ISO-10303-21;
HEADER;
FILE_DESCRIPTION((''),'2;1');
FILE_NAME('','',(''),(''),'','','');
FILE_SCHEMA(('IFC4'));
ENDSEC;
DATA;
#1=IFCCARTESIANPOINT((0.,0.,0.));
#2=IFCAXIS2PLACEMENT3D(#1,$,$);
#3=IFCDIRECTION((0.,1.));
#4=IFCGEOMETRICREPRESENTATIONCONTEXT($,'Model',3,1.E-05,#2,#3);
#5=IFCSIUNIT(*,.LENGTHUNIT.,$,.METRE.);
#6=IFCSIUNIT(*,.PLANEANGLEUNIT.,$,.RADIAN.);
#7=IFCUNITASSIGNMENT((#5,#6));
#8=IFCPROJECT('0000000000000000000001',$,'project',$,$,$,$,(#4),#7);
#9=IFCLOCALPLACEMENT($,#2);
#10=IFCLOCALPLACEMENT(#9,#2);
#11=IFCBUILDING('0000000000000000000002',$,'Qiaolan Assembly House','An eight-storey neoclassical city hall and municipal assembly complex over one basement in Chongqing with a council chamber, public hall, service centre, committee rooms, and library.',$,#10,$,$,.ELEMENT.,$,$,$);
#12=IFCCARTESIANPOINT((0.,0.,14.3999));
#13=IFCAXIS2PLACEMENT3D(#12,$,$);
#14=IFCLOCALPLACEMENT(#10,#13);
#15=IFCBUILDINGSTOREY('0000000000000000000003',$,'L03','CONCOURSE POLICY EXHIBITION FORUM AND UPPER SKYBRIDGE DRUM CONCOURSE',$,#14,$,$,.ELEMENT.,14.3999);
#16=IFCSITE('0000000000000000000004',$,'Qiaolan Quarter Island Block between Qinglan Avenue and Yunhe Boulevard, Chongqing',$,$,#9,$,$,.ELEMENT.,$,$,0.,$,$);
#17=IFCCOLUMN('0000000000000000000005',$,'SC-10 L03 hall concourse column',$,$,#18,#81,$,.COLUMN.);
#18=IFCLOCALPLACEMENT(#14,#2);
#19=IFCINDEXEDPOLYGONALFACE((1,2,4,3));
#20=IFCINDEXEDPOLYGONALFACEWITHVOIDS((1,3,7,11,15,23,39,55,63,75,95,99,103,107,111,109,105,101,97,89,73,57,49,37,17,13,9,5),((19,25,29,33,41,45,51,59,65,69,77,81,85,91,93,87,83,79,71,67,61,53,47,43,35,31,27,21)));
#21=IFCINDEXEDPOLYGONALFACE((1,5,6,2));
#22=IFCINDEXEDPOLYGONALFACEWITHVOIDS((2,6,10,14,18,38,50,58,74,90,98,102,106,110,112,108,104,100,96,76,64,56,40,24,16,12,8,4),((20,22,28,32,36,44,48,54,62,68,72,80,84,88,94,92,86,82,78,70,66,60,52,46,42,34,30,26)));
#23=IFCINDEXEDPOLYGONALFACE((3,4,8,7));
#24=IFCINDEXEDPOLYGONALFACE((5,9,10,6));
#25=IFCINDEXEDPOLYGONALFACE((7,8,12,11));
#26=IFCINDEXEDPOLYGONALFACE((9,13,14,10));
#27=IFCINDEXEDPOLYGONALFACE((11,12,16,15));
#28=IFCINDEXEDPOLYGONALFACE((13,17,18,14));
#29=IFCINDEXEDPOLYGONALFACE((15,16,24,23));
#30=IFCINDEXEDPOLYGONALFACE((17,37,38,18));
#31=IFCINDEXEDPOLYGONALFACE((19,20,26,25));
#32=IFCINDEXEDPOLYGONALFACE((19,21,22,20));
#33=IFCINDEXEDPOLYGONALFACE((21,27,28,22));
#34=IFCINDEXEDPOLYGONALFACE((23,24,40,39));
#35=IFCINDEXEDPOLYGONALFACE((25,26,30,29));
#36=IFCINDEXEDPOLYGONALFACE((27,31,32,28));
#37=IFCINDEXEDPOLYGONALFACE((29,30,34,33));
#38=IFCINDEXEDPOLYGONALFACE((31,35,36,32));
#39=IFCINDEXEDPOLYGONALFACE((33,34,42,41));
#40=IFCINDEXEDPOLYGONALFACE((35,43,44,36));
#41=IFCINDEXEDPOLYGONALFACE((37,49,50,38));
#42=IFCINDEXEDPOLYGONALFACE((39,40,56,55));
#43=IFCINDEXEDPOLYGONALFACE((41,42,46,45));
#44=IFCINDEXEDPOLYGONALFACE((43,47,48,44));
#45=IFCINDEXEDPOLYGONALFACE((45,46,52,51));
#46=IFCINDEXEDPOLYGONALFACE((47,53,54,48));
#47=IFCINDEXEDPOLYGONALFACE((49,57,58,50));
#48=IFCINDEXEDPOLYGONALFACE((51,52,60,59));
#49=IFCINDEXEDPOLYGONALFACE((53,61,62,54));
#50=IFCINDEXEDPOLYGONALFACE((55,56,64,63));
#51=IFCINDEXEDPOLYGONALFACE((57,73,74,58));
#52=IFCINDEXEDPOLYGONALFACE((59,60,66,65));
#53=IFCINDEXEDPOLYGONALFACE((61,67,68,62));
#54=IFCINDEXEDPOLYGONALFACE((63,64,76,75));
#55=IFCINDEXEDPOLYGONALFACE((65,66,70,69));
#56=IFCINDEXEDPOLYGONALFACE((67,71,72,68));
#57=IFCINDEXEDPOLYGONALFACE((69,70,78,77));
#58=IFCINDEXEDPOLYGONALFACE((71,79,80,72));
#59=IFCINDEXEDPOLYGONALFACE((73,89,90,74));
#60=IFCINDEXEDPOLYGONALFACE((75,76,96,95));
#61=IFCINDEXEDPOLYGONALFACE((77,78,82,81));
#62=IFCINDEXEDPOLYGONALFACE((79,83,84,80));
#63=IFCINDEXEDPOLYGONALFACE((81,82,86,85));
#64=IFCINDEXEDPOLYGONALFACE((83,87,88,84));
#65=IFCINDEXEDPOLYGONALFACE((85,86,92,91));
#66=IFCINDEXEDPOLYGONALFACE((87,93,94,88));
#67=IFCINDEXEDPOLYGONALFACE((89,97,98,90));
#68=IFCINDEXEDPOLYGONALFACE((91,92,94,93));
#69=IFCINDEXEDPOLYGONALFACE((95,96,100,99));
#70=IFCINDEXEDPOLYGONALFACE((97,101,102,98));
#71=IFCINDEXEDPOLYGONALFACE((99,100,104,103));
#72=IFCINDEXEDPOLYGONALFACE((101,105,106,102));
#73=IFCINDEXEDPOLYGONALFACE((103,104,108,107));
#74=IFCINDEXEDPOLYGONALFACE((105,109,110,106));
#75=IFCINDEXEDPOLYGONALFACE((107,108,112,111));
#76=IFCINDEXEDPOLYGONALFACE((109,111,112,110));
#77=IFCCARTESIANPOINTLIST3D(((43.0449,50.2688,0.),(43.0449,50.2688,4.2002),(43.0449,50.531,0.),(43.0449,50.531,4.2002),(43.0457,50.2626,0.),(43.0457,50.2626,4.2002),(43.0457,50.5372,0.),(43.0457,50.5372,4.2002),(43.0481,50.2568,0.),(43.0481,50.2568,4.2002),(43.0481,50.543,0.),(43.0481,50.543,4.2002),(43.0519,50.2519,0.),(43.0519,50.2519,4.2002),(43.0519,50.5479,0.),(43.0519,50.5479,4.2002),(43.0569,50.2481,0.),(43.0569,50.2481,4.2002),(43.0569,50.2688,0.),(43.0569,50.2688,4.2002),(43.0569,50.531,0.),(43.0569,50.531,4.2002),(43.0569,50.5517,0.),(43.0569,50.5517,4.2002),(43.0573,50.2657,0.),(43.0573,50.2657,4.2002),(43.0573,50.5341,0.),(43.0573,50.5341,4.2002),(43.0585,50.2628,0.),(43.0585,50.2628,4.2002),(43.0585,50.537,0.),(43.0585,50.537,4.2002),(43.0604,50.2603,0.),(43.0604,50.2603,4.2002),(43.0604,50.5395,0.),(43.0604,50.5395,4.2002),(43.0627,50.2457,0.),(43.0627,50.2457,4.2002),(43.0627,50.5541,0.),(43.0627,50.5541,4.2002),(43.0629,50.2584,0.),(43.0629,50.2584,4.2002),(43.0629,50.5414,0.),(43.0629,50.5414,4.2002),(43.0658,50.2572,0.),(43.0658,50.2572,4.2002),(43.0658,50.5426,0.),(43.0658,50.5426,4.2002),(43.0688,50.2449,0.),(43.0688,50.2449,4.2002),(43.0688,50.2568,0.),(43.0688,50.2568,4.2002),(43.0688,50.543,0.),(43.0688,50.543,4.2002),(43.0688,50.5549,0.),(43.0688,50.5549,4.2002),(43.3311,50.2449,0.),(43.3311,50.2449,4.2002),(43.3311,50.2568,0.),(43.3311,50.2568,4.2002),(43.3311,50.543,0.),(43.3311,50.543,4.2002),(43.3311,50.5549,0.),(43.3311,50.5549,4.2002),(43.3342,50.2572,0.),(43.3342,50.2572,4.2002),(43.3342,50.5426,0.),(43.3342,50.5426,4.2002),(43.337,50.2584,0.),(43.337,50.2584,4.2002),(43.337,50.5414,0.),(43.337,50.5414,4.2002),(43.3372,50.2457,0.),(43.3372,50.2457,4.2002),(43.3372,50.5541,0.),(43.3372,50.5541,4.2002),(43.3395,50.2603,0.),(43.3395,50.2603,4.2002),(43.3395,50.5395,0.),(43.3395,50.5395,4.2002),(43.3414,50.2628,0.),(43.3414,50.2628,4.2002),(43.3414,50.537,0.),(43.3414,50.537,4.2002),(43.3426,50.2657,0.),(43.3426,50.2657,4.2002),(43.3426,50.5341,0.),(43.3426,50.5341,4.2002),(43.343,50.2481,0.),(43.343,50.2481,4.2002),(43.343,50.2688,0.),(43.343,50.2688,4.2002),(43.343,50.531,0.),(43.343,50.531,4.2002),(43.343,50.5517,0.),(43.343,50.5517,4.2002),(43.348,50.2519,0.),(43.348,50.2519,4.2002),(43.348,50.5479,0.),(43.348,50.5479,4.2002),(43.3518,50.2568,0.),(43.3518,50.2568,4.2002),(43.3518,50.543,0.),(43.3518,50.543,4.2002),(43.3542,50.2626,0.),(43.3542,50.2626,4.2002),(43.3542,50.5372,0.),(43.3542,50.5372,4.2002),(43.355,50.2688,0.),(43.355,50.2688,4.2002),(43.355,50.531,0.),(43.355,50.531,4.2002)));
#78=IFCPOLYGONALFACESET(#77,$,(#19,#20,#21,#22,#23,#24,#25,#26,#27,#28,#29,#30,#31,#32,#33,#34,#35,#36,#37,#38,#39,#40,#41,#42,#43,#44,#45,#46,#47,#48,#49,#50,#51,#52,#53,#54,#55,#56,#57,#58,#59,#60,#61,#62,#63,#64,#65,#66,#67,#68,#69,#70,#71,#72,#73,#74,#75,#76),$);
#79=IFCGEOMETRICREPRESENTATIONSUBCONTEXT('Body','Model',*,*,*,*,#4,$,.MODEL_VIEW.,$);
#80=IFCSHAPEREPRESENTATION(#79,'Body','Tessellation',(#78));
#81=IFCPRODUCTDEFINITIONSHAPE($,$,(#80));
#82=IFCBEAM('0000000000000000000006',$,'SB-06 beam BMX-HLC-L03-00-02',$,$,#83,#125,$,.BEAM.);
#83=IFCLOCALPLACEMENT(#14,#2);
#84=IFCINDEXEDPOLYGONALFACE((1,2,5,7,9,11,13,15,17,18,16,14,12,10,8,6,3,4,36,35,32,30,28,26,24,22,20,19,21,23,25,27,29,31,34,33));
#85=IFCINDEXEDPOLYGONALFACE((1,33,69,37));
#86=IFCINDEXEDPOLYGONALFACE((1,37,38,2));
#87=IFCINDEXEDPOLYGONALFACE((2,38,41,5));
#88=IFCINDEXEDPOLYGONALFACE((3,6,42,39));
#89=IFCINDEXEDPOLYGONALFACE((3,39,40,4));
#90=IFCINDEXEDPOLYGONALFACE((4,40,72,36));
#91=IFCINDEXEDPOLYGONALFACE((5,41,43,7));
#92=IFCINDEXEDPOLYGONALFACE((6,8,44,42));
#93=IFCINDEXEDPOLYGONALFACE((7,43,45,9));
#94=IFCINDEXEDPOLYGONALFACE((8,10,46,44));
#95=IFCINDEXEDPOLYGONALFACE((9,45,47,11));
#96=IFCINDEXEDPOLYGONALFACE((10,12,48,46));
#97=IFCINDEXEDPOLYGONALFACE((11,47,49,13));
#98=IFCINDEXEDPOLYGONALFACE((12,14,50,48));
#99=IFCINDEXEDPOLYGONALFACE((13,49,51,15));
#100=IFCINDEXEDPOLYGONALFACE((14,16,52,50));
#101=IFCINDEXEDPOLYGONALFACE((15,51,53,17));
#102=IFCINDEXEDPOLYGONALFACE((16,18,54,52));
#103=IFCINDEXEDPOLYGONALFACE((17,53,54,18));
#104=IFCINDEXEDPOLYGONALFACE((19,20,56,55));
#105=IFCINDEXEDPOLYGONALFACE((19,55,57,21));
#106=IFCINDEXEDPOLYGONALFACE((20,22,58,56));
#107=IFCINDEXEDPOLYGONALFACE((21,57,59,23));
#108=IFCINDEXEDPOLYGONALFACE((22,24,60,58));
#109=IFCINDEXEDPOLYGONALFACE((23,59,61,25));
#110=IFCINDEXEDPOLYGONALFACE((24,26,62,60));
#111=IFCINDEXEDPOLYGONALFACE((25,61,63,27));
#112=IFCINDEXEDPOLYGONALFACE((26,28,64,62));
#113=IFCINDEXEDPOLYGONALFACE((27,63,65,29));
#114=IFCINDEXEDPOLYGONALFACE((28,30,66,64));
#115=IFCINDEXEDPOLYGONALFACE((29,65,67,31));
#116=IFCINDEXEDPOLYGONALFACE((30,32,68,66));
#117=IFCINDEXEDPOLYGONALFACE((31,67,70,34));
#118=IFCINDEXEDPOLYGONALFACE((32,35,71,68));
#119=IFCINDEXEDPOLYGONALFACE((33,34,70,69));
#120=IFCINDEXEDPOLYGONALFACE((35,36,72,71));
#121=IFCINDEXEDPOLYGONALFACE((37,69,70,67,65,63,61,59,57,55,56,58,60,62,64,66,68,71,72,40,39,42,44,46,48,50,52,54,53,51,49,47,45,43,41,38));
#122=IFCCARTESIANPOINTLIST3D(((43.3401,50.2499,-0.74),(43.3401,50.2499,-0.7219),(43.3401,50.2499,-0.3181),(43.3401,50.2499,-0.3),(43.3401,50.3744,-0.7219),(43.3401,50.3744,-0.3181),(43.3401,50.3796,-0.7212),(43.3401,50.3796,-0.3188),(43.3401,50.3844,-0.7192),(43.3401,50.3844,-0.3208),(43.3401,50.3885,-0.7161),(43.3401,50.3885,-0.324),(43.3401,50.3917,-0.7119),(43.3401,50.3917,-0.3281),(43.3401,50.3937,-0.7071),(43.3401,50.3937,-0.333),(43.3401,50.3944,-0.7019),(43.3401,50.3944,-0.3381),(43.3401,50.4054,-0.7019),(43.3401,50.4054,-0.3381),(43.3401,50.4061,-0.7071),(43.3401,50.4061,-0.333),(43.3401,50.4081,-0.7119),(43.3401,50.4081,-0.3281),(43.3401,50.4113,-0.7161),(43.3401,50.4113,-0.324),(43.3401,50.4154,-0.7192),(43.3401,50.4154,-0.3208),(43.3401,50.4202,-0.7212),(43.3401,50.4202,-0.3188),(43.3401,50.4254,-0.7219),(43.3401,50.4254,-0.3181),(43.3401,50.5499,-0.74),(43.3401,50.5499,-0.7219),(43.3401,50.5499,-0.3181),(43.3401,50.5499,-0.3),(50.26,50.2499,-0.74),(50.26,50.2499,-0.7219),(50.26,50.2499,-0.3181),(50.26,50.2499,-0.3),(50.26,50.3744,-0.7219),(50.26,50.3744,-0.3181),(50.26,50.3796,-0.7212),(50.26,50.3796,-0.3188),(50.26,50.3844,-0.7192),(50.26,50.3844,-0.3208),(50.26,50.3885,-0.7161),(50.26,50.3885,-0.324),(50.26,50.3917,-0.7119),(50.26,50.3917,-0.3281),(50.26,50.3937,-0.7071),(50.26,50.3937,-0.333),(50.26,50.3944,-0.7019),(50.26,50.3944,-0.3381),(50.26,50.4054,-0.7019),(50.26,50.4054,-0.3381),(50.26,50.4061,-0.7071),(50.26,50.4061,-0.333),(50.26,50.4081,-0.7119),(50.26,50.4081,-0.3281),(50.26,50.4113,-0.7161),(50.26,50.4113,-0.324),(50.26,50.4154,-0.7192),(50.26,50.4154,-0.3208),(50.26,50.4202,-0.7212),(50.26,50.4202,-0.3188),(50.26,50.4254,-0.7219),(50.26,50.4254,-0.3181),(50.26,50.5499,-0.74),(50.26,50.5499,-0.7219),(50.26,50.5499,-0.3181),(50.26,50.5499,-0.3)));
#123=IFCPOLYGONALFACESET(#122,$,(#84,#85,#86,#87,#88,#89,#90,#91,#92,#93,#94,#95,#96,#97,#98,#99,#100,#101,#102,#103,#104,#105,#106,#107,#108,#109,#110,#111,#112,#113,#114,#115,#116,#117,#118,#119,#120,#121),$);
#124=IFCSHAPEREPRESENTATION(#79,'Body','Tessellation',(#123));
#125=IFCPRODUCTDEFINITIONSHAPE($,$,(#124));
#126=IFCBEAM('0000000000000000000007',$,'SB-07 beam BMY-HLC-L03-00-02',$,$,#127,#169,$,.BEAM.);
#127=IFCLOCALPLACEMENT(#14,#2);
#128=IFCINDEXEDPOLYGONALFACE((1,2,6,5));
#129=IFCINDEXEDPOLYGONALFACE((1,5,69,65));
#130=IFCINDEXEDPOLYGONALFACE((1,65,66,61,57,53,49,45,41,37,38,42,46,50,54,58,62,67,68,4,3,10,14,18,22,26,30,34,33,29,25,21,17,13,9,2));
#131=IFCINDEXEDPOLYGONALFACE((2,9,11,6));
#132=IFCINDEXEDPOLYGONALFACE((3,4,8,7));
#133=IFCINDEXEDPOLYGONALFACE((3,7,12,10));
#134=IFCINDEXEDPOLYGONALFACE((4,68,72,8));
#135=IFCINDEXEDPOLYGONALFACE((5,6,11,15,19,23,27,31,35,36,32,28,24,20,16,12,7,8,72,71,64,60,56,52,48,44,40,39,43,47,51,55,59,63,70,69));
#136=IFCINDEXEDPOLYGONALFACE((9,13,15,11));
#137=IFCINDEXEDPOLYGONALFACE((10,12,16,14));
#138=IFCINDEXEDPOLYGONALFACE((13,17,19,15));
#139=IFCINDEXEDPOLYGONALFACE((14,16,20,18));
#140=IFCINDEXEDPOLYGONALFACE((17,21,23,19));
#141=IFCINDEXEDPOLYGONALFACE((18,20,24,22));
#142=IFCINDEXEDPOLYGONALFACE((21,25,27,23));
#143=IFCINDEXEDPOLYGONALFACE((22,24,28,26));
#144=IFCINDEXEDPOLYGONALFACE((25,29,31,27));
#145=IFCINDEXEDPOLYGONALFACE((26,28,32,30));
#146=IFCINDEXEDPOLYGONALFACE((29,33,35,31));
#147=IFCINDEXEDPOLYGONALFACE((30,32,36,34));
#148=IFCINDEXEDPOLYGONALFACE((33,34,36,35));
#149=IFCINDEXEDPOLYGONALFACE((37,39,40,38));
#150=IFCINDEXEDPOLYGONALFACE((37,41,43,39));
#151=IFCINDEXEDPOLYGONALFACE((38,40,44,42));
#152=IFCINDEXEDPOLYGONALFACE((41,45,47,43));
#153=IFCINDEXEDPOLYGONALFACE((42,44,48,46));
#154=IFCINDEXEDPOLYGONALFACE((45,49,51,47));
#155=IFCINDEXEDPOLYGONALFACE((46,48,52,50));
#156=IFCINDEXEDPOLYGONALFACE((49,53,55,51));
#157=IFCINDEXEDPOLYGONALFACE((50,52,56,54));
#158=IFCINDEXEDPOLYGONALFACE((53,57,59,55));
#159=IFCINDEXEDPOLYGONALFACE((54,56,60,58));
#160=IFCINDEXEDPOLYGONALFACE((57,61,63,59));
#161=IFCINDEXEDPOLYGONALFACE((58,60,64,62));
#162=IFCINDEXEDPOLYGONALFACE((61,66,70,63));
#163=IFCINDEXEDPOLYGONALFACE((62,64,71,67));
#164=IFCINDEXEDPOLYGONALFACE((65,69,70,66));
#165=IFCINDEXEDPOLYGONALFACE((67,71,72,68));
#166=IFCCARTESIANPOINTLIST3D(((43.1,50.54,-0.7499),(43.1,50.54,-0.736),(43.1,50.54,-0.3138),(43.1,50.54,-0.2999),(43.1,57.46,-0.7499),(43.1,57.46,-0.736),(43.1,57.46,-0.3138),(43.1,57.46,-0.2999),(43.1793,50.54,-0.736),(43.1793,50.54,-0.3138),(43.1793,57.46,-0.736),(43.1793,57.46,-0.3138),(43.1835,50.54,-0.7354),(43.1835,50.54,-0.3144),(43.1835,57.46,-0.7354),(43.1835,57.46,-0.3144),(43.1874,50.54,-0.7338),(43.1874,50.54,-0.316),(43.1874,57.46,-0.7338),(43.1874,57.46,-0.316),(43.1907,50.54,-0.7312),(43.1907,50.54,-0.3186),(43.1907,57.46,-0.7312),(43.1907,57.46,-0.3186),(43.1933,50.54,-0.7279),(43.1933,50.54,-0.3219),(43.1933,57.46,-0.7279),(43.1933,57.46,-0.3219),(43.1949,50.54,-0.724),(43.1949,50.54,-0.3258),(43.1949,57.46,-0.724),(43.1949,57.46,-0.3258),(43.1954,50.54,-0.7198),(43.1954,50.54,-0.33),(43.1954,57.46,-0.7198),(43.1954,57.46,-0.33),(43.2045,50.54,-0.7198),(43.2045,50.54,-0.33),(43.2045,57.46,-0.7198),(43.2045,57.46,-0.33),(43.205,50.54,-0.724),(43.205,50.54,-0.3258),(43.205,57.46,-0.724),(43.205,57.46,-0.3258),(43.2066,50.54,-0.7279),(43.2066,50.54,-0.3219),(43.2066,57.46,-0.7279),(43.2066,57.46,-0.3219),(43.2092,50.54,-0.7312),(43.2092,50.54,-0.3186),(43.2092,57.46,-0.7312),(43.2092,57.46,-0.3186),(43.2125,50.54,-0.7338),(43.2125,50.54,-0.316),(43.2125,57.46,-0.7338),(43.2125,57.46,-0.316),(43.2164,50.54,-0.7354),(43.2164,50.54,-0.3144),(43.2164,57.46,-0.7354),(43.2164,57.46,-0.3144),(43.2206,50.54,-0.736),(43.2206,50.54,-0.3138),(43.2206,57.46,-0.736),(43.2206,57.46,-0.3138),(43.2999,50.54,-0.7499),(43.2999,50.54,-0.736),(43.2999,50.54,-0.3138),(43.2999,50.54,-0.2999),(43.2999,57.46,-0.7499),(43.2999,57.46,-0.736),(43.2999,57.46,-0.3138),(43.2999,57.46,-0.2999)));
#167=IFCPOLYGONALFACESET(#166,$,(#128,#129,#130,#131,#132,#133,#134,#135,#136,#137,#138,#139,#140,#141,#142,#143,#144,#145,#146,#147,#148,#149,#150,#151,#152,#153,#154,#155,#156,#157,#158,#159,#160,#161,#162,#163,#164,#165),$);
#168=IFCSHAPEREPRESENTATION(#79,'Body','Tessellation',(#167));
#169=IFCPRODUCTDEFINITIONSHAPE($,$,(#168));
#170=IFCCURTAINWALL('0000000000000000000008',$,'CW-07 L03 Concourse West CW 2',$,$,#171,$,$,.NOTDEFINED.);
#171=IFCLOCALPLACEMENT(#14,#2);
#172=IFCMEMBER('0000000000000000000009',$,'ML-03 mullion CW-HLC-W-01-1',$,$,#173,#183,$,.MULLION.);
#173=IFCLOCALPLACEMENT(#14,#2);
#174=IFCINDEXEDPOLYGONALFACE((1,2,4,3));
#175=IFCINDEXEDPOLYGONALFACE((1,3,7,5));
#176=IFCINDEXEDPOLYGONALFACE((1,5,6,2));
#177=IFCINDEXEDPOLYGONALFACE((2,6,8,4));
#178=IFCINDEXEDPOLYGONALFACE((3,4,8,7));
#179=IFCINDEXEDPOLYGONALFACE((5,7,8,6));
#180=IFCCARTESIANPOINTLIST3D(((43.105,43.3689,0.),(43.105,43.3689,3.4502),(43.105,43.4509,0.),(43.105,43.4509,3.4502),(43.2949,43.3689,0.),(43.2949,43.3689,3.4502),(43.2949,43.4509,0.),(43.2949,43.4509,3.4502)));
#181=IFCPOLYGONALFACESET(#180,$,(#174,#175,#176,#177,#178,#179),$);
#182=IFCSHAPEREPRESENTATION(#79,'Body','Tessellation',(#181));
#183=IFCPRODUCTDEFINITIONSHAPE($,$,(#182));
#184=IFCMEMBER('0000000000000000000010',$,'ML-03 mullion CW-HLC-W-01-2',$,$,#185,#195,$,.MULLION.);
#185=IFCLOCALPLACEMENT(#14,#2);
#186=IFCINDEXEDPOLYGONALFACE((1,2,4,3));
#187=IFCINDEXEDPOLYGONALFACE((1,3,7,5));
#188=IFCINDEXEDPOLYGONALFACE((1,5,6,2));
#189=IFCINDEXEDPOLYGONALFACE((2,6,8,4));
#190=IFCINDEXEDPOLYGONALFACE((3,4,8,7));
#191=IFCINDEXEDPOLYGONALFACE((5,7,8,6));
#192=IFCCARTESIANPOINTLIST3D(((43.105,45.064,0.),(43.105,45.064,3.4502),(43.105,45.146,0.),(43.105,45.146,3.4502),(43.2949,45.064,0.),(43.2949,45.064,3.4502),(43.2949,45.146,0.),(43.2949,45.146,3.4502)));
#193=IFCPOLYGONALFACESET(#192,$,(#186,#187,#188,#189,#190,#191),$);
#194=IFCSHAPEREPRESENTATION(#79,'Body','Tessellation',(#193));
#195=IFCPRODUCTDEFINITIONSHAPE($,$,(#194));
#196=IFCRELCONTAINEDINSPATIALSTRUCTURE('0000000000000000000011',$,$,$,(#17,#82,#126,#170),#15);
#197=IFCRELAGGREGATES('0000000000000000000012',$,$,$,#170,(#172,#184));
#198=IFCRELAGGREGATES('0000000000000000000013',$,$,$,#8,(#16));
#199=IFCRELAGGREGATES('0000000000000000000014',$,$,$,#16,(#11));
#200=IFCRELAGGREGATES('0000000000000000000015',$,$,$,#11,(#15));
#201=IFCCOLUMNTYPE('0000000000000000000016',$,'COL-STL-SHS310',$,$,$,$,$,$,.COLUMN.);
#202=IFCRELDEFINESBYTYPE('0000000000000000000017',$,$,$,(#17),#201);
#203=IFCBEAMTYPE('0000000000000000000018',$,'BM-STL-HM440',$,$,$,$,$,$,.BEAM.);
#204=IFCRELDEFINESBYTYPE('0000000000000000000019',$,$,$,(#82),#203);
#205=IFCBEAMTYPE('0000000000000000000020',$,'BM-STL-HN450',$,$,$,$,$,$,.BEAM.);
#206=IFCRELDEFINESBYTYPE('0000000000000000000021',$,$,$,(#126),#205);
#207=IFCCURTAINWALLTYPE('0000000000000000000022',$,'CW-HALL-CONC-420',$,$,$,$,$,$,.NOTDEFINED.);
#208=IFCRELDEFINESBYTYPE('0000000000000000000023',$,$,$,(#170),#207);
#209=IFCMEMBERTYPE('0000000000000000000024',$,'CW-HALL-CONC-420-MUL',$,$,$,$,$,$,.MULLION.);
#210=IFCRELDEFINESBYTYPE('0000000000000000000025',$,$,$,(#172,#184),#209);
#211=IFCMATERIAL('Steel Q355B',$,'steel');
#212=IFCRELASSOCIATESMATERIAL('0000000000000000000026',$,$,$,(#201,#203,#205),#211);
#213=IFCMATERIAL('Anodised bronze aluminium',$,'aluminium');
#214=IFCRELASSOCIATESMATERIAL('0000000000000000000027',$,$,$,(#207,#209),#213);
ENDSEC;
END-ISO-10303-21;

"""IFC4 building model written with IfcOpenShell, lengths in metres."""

from ifc_helpers import new_model, si_unit, direction, frame, origin, origin_2d, place, context, subcontext, project, spatial, rectangle, hollow_rectangle, i_section, extrude, material, material_profile, profile_set, type_object, element, aggregate, save


model = new_model("IFC4")

# Units and contexts
model_context = context("Model", 3, precision=1e-05, world=origin(), true_north=direction((0.0, 1.0)))
body_context = subcontext(model_context, "Body", "Model", "MODEL_VIEW")
ifc_project = project(units=[si_unit("LENGTHUNIT", "METRE"), si_unit("PLANEANGLEUNIT", "RADIAN")], contexts=[model_context])

# Site, building, storey
site_placement = place(None, origin())
site = spatial("IfcSite", under=ifc_project, at=site_placement, Name="Qiaolan Quarter Island Block between Qinglan Avenue and Yunhe Boulevard, Chongqing", CompositionType="ELEMENT", RefElevation=0.0)
building_placement = place(site_placement, origin())
building = spatial("IfcBuilding", under=site, at=building_placement, Name="Qiaolan Assembly House", Description="An eight-storey neoclassical city hall and municipal assembly complex over one basement in Chongqing with a council chamber, public hall, service centre, committee rooms, and library.", CompositionType="ELEMENT")
storey_placement = place(building_placement, frame((0.0, 0.0, 14.3999)))
storey = spatial("IfcBuildingStorey", under=building, at=storey_placement, Name="L03", Description="CONCOURSE POLICY EXHIBITION FORUM AND UPPER SKYBRIDGE DRUM CONCOURSE", CompositionType="ELEMENT", Elevation=14.3999)

# Column
ifc_material_1 = material(Name="Steel Q355B", Category="steel")
ifc_material_profile_1 = material_profile(ifc_material_1, hollow_rectangle(XDim=0.3101, YDim=0.3101, WallThickness=0.012, InnerFilletRadius=0.012, OuterFilletRadius=0.0239, at=origin_2d()), Name="SHS 310x310x12")
ifc_profile_set_1 = profile_set([ifc_material_profile_1], Name="Steel Q355B")
column_type = type_object("IfcColumnType", Name="COL-STL-SHS310", PredefinedType="COLUMN", material=ifc_profile_set_1)
column_placement = place(storey_placement, frame((43.2, 50.3999, 0.0), z_axis=(0.0, 0.0, 1.0), x_axis=(1.0, 0.0, 0.0)))
element("IfcColumn", 1, at=column_placement, inside=storey, type_object=column_type, Name="SC-10 L03 hall concourse column", PredefinedType="COLUMN", context=body_context, shape_type="SweptSolid", body=[
    extrude(hollow_rectangle(XDim=0.3101, YDim=0.3101, WallThickness=0.012, InnerFilletRadius=0.012, OuterFilletRadius=0.0239, at=origin_2d()), origin(), (0.0, 0.0, 1.0), 4.2002),
])

# Beams
ifc_material_profile_2 = material_profile(ifc_material_1, i_section(OverallWidth=0.3, OverallDepth=0.4399, WebThickness=0.011, FlangeThickness=0.0181, FilletRadius=0.02, at=origin_2d()), Name="HM 440x300x11x18")
ifc_profile_set_2 = profile_set([ifc_material_profile_2], Name="Steel Q355B")
beam_type_1 = type_object("IfcBeamType", Name="BM-STL-HM440", PredefinedType="BEAM", material=ifc_profile_set_2)
beam_1_placement = place(storey_placement, frame((43.3401, 50.3999, -0.52), z_axis=(1.0, 0.0, 0.0), x_axis=(0.0, 1.0, 0.0)))
element("IfcBeam", 2, at=beam_1_placement, inside=storey, type_object=beam_type_1, Name="SB-06 beam BMX-HLC-L03-00-02", PredefinedType="BEAM", context=body_context, shape_type="SweptSolid", body=[
    extrude(i_section(OverallWidth=0.3, OverallDepth=0.4399, WebThickness=0.011, FlangeThickness=0.0181, FilletRadius=0.02, at=origin_2d()), origin(), (0.0, 0.0, 1.0), 6.9199),
])
ifc_material_profile_3 = material_profile(ifc_material_1, i_section(OverallWidth=0.2, OverallDepth=0.45, WebThickness=0.009, FlangeThickness=0.0139, FilletRadius=0.0161, at=origin_2d()), Name="HN 450x200x9x14")
ifc_profile_set_3 = profile_set([ifc_material_profile_3], Name="Steel Q355B")
beam_type_2 = type_object("IfcBeamType", Name="BM-STL-HN450", PredefinedType="BEAM", material=ifc_profile_set_3)
beam_2_placement = place(storey_placement, frame((43.2, 50.54, -0.5249), z_axis=(0.0, 1.0, 0.0), x_axis=(-1.0, 0.0, 0.0)))
element("IfcBeam", 3, at=beam_2_placement, inside=storey, type_object=beam_type_2, Name="SB-07 beam BMY-HLC-L03-00-02", PredefinedType="BEAM", context=body_context, shape_type="SweptSolid", body=[
    extrude(i_section(OverallWidth=0.2, OverallDepth=0.45, WebThickness=0.009, FlangeThickness=0.0139, FilletRadius=0.0161, at=origin_2d()), origin(), (0.0, 0.0, 1.0), 6.9199),
])

# Curtain wall, members
ifc_material_2 = material(Name="Anodised bronze aluminium", Category="aluminium")
curtain_wall_type = type_object("IfcCurtainWallType", Name="CW-HALL-CONC-420", PredefinedType="NOTDEFINED", material=ifc_material_2)
curtain_wall_1_placement = place(storey_placement, origin())
curtain_wall_1 = element("IfcCurtainWall", 4, at=curtain_wall_1_placement, inside=storey, type_object=curtain_wall_type, Name="CW-07 L03 Concourse West CW 2", PredefinedType="NOTDEFINED")
ifc_material_profile_4 = material_profile(ifc_material_2, rectangle(XDim=0.082, YDim=0.1899, at=origin_2d()), Name="MUL 82x190")
ifc_profile_set_4 = profile_set([ifc_material_profile_4], Name="Anodised bronze aluminium")
member_type_1 = type_object("IfcMemberType", Name="CW-HALL-CONC-420-MUL", PredefinedType="MULLION", material=ifc_profile_set_4)
member_1_placement = place(storey_placement, frame((43.2, 43.4099, 0.0), z_axis=(0.0, 0.0, 1.0), x_axis=(0.0, 1.0, 0.0)))
member_1 = element("IfcMember", 5, at=member_1_placement, type_object=member_type_1, Name="ML-03 mullion CW-HLC-W-01-1", PredefinedType="MULLION", context=body_context, shape_type="SweptSolid", body=[
    extrude(rectangle(XDim=0.082, YDim=0.1899, at=origin_2d()), origin(), (0.0, 0.0, 1.0), 3.4502),
])
member_2_placement = place(storey_placement, frame((43.2, 45.105, 0.0), z_axis=(0.0, 0.0, 1.0), x_axis=(0.0, 1.0, 0.0)))
member_2 = element("IfcMember", 6, at=member_2_placement, type_object=member_type_1, Name="ML-03 mullion CW-HLC-W-01-2", PredefinedType="MULLION", context=body_context, shape_type="SweptSolid", body=[
    extrude(rectangle(XDim=0.082, YDim=0.1899, at=origin_2d()), origin(), (0.0, 0.0, 1.0), 3.4502),
])

aggregate(curtain_wall_1, [member_1, member_2])

save(model, "model.ifc")
